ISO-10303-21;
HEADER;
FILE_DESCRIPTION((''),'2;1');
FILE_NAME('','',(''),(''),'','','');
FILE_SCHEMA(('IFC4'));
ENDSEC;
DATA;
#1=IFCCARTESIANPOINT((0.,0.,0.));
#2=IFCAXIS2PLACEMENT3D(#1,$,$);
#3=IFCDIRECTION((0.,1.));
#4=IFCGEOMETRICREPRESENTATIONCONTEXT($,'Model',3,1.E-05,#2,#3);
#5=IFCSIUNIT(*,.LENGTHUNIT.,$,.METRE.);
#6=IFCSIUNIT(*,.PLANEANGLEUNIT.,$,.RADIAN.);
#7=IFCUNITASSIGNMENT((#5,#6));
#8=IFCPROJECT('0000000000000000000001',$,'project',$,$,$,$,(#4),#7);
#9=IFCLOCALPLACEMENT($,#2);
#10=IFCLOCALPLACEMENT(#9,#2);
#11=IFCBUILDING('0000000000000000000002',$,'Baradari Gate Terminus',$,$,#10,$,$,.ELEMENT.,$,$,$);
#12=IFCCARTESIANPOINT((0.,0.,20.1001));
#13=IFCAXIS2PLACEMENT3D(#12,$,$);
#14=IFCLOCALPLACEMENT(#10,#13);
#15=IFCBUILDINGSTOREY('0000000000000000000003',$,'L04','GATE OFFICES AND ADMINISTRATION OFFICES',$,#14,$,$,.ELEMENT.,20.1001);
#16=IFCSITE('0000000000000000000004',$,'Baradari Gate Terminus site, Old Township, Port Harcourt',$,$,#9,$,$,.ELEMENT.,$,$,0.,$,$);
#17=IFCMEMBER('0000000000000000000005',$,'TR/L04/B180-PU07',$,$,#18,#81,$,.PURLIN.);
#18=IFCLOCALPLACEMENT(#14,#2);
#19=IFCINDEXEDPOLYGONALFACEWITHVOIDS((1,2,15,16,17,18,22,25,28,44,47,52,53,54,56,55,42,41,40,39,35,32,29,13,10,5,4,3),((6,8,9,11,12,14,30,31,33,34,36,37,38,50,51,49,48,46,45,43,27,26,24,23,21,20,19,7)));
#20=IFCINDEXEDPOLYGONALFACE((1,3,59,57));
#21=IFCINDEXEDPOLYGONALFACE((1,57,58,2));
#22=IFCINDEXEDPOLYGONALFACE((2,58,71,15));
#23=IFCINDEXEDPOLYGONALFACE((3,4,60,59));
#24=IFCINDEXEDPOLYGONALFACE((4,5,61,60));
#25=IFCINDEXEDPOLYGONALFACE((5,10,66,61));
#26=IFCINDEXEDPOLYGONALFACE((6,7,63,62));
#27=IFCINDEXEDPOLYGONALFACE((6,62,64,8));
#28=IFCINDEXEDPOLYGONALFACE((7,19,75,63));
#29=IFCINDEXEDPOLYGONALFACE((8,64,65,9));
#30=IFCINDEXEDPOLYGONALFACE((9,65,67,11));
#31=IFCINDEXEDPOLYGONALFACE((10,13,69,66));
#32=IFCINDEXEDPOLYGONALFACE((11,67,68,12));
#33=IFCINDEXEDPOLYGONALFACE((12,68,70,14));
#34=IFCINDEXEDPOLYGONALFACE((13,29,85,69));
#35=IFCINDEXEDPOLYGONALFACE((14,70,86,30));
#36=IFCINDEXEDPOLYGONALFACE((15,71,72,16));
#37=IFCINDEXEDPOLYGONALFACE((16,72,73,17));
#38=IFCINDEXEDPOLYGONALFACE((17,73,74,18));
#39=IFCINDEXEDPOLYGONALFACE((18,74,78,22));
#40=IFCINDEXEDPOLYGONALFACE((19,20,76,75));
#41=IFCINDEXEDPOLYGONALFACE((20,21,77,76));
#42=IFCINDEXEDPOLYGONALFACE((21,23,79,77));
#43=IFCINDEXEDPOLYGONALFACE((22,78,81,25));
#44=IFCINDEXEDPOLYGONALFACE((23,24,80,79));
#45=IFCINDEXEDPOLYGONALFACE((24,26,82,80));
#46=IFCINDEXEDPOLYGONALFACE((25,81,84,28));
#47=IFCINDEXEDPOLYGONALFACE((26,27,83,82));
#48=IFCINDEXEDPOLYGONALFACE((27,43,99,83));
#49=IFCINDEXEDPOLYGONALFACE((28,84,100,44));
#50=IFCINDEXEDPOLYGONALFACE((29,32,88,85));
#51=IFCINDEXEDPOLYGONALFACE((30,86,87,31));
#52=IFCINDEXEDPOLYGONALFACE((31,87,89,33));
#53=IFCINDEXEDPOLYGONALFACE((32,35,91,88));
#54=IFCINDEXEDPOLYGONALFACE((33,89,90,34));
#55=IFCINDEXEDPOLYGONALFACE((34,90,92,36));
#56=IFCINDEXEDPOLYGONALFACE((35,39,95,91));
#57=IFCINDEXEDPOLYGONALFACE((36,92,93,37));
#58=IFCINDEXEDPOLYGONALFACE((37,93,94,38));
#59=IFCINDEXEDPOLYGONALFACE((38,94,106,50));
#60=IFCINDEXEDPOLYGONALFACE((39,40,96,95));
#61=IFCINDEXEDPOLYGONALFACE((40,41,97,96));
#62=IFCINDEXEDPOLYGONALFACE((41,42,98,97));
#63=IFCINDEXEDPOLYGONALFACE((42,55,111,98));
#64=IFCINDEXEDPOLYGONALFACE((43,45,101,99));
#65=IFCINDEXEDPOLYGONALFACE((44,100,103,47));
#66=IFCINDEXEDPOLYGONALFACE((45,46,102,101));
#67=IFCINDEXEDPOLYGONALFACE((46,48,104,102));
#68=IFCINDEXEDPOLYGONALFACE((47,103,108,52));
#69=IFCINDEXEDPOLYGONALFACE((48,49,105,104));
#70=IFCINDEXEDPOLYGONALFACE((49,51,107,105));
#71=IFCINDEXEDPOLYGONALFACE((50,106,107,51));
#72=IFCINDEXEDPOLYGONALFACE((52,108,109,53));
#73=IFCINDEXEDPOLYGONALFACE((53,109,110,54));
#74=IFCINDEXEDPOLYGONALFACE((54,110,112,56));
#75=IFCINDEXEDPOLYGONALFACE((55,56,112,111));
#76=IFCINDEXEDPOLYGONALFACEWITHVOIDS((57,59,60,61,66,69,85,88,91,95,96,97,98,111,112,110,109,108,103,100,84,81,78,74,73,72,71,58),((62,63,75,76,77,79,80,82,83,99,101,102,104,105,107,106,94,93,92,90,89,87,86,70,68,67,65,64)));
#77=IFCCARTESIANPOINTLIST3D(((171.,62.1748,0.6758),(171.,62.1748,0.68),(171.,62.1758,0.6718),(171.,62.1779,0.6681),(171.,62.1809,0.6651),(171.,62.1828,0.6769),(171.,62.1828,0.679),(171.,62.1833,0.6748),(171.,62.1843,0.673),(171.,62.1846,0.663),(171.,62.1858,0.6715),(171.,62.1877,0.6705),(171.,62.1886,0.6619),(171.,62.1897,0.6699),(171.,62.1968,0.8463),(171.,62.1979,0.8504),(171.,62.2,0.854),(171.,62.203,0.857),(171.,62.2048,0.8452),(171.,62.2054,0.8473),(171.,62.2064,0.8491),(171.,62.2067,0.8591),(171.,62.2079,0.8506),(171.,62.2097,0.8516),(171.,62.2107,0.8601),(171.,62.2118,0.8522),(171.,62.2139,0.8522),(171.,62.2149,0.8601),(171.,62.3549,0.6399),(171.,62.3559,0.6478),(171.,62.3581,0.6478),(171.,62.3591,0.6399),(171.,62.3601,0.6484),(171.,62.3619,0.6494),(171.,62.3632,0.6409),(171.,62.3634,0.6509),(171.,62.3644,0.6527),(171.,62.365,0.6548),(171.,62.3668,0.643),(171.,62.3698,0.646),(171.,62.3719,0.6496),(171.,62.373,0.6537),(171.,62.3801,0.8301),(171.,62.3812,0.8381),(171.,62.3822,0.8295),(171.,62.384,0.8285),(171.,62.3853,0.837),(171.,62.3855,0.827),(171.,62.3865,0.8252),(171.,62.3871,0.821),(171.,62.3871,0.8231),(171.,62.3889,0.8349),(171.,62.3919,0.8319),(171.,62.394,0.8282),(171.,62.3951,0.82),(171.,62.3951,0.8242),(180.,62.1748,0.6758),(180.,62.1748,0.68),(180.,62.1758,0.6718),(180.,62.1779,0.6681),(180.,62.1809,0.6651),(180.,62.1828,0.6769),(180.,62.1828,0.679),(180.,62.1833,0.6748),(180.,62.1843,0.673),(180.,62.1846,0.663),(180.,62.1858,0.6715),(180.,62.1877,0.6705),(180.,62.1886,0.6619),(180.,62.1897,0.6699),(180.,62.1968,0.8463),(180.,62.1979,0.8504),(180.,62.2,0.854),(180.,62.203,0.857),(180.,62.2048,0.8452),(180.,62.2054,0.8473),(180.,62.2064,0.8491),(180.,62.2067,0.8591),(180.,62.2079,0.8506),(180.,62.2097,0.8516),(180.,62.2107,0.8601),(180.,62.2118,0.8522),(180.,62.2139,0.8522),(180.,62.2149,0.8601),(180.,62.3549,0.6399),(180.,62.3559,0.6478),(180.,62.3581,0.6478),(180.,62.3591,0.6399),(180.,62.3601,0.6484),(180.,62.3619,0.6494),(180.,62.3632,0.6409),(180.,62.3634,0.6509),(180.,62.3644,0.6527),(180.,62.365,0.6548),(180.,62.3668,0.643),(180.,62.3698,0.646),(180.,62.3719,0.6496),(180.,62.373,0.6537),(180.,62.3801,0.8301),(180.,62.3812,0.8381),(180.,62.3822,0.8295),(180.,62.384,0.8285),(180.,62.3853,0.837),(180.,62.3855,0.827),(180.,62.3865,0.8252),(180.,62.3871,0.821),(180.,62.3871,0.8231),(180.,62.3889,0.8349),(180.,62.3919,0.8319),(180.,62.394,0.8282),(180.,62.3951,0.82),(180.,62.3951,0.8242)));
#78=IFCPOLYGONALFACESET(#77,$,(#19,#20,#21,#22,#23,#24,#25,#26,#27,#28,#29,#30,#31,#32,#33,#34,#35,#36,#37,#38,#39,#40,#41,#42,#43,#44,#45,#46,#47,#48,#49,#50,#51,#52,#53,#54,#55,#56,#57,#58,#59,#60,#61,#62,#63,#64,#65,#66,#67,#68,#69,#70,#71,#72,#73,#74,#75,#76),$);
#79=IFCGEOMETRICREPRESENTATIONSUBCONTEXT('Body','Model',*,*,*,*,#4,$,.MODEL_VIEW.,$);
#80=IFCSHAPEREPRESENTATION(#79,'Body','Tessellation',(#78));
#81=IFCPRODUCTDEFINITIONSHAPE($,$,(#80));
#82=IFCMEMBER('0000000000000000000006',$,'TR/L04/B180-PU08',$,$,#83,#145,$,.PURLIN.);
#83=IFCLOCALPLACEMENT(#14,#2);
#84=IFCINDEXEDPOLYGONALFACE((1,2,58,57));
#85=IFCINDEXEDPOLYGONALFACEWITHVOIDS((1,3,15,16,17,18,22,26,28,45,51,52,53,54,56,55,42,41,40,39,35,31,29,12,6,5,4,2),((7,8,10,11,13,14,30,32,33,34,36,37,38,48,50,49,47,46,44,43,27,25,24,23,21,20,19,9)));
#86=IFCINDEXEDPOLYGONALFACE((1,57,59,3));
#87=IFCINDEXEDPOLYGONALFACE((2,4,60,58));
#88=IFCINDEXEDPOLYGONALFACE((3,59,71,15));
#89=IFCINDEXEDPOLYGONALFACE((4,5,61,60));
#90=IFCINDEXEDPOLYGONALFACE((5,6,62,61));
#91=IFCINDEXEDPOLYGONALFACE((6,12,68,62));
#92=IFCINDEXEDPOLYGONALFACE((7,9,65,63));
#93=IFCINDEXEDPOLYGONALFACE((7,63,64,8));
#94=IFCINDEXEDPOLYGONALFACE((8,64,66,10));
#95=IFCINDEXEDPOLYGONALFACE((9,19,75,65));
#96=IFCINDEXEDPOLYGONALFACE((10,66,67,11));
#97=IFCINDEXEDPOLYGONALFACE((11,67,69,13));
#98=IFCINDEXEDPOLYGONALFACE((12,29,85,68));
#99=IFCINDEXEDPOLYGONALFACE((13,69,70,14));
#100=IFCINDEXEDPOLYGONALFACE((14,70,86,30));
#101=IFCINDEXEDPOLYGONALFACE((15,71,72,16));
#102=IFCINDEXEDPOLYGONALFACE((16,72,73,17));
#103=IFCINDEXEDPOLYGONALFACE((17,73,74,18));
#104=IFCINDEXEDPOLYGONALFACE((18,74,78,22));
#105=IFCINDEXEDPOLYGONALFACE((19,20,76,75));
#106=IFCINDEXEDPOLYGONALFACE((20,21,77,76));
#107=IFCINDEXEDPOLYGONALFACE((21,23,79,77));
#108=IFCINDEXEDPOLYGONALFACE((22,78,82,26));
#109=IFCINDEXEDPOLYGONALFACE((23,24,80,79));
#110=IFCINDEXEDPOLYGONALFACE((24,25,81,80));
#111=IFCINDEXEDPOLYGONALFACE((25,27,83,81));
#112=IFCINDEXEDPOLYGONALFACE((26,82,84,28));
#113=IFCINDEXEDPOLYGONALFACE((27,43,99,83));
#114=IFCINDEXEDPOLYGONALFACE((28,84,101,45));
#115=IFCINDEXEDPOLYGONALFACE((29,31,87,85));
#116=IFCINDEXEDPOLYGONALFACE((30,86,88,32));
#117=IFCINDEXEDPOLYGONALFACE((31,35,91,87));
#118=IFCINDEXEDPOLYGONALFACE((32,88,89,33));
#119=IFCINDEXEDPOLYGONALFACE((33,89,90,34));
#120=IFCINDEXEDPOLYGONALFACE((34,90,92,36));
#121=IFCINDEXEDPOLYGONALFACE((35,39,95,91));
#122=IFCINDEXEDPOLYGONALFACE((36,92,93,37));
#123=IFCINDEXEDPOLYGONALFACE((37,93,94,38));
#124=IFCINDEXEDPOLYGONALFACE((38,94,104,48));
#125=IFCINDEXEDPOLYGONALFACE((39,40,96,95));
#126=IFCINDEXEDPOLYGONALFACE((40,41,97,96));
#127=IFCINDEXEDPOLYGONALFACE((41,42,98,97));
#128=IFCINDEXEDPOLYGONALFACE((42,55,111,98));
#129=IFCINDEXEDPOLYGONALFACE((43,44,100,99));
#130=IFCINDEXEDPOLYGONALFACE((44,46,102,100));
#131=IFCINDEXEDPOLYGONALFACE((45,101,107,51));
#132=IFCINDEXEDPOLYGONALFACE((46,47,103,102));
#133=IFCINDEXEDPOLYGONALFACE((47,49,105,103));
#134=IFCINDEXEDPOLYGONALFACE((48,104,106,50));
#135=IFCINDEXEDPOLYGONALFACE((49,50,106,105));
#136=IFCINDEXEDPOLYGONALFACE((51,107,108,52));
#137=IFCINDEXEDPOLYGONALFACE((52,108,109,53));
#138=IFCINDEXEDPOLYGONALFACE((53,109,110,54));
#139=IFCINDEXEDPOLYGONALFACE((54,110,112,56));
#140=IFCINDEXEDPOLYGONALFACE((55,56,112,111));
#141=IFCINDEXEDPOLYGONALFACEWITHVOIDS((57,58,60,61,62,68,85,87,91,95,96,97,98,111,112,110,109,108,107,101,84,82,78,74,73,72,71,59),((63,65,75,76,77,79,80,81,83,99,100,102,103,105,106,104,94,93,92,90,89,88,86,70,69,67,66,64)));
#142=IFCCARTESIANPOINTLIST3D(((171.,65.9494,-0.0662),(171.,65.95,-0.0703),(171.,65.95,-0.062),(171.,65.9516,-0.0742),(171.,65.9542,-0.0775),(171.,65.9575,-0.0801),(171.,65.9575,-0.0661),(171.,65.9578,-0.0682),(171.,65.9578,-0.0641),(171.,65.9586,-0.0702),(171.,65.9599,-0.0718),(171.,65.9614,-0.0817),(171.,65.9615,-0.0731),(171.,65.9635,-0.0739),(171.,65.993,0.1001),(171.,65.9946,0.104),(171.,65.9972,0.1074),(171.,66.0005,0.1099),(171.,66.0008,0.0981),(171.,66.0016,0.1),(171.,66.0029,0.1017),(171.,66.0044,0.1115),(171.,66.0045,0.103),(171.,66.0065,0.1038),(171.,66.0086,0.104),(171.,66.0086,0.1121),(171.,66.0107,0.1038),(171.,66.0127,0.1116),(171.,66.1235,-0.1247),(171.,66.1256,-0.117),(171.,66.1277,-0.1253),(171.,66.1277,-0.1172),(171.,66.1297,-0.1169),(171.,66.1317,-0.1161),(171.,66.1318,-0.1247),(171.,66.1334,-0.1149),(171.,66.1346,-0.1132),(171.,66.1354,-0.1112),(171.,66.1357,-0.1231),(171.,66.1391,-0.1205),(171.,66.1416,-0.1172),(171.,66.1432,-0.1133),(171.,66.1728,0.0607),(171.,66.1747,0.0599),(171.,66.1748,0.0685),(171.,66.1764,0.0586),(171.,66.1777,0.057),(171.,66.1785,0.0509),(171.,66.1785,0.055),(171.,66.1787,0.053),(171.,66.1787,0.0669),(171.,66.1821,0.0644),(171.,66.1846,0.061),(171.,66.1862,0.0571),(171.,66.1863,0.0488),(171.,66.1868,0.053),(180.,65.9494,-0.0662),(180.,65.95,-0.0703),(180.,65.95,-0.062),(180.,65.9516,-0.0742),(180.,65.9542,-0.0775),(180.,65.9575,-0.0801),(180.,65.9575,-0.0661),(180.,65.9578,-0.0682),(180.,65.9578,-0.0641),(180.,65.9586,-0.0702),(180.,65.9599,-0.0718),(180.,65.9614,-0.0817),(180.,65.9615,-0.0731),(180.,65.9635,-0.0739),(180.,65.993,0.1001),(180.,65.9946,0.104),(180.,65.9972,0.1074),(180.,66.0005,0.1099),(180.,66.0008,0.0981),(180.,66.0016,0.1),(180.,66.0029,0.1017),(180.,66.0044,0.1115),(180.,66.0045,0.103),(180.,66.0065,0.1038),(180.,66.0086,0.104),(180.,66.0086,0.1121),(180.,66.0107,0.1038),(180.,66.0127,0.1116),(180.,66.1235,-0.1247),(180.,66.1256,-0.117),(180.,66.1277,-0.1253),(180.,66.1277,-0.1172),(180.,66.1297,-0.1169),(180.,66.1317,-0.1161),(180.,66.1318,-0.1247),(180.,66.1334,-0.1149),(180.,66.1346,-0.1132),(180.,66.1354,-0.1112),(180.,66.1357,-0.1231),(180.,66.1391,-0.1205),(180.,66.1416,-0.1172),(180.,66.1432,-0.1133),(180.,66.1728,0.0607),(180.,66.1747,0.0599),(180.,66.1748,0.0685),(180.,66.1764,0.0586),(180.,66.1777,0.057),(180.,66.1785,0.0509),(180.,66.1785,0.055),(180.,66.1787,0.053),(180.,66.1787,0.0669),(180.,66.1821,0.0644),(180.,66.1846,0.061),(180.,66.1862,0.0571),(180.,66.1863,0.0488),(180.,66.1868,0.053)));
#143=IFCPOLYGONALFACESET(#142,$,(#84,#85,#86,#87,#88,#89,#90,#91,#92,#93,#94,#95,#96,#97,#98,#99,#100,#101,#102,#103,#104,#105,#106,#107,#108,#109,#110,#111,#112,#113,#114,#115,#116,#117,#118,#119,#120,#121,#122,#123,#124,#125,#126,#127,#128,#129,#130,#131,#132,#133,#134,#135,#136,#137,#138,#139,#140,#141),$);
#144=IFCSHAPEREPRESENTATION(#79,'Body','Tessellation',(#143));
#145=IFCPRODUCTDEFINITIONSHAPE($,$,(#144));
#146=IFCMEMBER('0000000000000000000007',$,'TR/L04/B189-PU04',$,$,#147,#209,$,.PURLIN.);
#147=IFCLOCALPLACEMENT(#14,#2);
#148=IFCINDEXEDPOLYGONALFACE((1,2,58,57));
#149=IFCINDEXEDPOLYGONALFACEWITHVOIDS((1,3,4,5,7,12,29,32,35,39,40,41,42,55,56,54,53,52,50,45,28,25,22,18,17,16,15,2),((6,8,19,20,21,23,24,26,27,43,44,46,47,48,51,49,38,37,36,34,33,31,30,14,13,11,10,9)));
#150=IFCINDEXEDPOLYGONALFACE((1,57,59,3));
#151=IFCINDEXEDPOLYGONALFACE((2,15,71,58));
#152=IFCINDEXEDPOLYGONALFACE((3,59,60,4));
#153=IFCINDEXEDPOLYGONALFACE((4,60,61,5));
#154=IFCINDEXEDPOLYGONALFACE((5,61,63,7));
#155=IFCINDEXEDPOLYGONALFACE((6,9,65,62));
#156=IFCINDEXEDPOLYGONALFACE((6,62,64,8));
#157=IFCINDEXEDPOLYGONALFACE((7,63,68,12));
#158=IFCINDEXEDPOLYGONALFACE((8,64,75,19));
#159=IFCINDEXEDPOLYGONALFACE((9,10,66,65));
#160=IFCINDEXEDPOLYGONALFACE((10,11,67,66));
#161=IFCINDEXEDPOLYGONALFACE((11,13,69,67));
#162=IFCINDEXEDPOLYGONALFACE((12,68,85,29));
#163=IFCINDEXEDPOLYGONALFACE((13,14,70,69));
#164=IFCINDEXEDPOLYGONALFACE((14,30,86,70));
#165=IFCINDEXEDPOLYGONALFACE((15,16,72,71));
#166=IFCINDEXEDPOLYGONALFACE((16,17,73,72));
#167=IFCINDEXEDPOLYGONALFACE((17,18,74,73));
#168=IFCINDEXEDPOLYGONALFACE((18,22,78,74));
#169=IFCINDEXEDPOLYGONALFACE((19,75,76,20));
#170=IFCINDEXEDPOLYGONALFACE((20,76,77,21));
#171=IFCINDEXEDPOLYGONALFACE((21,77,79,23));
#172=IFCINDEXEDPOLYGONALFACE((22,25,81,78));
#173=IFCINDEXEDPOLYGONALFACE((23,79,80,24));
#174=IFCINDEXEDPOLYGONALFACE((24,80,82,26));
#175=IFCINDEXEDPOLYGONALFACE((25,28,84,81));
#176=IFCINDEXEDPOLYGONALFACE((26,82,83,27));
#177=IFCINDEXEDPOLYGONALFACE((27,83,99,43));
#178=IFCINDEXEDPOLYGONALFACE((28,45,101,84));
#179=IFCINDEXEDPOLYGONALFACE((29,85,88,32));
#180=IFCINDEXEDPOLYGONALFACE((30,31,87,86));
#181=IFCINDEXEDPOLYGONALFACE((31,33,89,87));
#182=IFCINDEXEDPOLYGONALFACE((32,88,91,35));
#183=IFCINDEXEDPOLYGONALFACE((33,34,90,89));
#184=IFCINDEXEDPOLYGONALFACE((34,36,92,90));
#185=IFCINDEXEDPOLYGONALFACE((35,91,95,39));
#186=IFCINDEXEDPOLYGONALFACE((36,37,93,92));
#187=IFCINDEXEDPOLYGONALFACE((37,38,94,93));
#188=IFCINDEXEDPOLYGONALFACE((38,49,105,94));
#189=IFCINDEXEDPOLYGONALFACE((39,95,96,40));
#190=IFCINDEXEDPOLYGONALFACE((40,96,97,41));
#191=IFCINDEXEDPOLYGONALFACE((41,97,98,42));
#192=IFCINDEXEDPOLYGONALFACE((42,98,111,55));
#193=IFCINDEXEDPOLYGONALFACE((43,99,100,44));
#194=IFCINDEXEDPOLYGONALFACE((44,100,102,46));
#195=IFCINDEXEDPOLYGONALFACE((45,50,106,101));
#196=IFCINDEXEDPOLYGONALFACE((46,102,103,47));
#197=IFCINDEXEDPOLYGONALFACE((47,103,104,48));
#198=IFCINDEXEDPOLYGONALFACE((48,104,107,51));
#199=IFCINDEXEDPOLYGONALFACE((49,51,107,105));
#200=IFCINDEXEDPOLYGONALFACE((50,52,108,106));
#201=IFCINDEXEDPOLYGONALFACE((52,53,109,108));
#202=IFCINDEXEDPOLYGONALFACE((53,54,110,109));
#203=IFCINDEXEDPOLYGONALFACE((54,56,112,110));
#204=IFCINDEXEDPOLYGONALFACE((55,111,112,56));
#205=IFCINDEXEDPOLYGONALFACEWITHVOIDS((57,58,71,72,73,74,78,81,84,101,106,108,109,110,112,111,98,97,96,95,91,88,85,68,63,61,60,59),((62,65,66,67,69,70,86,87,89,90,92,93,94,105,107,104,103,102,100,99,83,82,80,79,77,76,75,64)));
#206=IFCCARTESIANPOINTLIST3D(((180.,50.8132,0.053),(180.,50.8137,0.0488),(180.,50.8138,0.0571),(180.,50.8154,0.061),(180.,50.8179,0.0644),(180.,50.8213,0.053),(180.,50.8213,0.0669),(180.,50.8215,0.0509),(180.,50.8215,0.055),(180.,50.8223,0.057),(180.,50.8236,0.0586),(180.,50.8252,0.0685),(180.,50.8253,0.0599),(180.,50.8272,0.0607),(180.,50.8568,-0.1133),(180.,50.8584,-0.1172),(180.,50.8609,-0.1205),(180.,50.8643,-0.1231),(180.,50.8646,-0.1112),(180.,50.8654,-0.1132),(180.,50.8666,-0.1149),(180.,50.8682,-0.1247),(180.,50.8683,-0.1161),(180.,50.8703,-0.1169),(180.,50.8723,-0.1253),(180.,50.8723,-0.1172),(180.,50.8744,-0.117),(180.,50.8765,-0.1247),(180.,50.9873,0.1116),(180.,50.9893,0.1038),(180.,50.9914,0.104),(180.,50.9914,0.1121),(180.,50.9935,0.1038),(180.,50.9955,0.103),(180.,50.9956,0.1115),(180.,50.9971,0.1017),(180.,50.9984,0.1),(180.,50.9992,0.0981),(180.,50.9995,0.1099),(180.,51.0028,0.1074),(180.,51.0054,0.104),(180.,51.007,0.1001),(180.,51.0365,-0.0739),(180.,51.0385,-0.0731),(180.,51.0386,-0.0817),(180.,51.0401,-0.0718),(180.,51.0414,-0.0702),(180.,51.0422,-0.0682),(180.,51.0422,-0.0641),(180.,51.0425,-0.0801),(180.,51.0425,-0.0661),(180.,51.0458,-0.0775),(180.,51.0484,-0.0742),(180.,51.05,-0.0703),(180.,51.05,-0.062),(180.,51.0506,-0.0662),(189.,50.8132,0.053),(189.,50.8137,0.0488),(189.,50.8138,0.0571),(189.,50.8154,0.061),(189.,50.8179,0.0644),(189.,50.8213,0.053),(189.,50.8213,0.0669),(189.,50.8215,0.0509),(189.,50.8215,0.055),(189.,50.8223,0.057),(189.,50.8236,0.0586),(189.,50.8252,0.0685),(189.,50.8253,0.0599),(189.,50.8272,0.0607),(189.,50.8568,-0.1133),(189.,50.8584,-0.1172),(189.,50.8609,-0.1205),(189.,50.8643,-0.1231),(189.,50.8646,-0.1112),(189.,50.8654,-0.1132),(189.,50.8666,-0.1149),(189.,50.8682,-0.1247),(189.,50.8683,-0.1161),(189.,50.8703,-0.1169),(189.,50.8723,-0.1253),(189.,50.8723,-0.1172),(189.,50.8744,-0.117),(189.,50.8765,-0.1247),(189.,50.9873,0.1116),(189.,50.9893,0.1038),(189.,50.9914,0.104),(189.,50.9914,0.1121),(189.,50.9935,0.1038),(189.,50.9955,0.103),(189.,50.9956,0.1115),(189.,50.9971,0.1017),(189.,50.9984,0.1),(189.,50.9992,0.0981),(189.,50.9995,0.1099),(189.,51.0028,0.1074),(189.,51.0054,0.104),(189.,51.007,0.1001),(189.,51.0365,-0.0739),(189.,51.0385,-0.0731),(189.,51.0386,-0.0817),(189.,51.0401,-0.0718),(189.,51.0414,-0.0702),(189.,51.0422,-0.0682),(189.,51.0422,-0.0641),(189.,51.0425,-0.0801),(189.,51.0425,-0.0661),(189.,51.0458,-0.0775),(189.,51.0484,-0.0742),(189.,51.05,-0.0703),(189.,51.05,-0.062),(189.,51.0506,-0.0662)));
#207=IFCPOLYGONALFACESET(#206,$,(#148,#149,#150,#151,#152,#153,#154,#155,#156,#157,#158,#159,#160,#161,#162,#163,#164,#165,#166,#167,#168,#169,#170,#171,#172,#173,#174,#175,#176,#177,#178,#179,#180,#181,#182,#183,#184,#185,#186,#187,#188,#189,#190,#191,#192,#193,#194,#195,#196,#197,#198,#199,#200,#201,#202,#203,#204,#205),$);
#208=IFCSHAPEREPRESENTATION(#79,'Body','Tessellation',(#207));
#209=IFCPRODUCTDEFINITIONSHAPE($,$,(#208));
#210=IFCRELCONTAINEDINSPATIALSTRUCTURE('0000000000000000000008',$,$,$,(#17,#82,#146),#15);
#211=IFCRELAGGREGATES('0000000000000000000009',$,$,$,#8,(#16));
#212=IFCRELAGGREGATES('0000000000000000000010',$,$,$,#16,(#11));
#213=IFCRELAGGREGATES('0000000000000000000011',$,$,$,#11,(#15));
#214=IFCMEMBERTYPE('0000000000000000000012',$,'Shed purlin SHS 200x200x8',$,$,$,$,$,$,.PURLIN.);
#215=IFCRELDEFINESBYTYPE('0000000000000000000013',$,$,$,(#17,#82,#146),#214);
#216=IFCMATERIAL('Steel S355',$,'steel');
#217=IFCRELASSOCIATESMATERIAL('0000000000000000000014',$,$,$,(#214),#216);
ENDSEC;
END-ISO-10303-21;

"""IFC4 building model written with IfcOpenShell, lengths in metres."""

from ifc_helpers import new_model, si_unit, direction, frame, origin, origin_2d, place, context, subcontext, project, spatial, hollow_rectangle, extrude, material, material_profile, profile_set, type_object, element, save


model = new_model("IFC4")

# Units and contexts
model_context = context("Model", 3, precision=1e-05, world=origin(), true_north=direction((0.0, 1.0)))
body_context = subcontext(model_context, "Body", "Model", "MODEL_VIEW")
ifc_project = project(units=[si_unit("LENGTHUNIT", "METRE"), si_unit("PLANEANGLEUNIT", "RADIAN")], contexts=[model_context])

# Site, building, storey
site_placement = place(None, origin())
site = spatial("IfcSite", under=ifc_project, at=site_placement, Name="Baradari Gate Terminus site, Old Township, Port Harcourt", CompositionType="ELEMENT", RefElevation=0.0)
building_placement = place(site_placement, origin())
building = spatial("IfcBuilding", under=site, at=building_placement, Name="Baradari Gate Terminus", CompositionType="ELEMENT")
storey_placement = place(building_placement, frame((0.0, 0.0, 20.1001)))
storey = spatial("IfcBuildingStorey", under=building, at=storey_placement, Name="L04", Description="GATE OFFICES AND ADMINISTRATION OFFICES", CompositionType="ELEMENT", Elevation=20.1001)

# Members
ifc_material_1 = material(Name="Steel S355", Category="steel")
ifc_material_profile_1 = material_profile(ifc_material_1, hollow_rectangle(XDim=0.2, YDim=0.2, WallThickness=0.0081, InnerFilletRadius=0.0081, OuterFilletRadius=0.0161, at=origin_2d()), Name="SHS 200x200x8")
ifc_profile_set_1 = profile_set([ifc_material_profile_1], Name="Steel S355")
member_type_1 = type_object("IfcMemberType", Name="Shed purlin SHS 200x200x8", PredefinedType="PURLIN", material=ifc_profile_set_1)
for number, where, z_axis, x_axis, name in (
    (1, (171.0, 62.2849, 0.75), (1.0, 0.0, 0.0), (0.0, 0.991303, -0.131599), "TR/L04/B180-PU07"),
    (2, (171.0, 66.0681, -0.0066), (1.0, 0.0, 0.0), (0.0, 0.9665, -0.256668), "TR/L04/B180-PU08"),
    (3, (180.0, 50.9319, -0.0066), (1.0, 0.0, 0.0), (0.0, 0.9665, 0.256668), "TR/L04/B189-PU04"),
):
    element("IfcMember", number, at=place(storey_placement, frame(where, z_axis=z_axis, x_axis=x_axis)), inside=storey, type_object=member_type_1, Name=name, PredefinedType="PURLIN", context=body_context, shape_type="SweptSolid", body=[
        extrude(hollow_rectangle(XDim=0.2, YDim=0.2, WallThickness=0.0081, InnerFilletRadius=0.0081, OuterFilletRadius=0.0161, at=origin_2d()), origin(), (0.0, 0.0, 1.0), 9.0),
    ])

save(model, "model.ifc")
